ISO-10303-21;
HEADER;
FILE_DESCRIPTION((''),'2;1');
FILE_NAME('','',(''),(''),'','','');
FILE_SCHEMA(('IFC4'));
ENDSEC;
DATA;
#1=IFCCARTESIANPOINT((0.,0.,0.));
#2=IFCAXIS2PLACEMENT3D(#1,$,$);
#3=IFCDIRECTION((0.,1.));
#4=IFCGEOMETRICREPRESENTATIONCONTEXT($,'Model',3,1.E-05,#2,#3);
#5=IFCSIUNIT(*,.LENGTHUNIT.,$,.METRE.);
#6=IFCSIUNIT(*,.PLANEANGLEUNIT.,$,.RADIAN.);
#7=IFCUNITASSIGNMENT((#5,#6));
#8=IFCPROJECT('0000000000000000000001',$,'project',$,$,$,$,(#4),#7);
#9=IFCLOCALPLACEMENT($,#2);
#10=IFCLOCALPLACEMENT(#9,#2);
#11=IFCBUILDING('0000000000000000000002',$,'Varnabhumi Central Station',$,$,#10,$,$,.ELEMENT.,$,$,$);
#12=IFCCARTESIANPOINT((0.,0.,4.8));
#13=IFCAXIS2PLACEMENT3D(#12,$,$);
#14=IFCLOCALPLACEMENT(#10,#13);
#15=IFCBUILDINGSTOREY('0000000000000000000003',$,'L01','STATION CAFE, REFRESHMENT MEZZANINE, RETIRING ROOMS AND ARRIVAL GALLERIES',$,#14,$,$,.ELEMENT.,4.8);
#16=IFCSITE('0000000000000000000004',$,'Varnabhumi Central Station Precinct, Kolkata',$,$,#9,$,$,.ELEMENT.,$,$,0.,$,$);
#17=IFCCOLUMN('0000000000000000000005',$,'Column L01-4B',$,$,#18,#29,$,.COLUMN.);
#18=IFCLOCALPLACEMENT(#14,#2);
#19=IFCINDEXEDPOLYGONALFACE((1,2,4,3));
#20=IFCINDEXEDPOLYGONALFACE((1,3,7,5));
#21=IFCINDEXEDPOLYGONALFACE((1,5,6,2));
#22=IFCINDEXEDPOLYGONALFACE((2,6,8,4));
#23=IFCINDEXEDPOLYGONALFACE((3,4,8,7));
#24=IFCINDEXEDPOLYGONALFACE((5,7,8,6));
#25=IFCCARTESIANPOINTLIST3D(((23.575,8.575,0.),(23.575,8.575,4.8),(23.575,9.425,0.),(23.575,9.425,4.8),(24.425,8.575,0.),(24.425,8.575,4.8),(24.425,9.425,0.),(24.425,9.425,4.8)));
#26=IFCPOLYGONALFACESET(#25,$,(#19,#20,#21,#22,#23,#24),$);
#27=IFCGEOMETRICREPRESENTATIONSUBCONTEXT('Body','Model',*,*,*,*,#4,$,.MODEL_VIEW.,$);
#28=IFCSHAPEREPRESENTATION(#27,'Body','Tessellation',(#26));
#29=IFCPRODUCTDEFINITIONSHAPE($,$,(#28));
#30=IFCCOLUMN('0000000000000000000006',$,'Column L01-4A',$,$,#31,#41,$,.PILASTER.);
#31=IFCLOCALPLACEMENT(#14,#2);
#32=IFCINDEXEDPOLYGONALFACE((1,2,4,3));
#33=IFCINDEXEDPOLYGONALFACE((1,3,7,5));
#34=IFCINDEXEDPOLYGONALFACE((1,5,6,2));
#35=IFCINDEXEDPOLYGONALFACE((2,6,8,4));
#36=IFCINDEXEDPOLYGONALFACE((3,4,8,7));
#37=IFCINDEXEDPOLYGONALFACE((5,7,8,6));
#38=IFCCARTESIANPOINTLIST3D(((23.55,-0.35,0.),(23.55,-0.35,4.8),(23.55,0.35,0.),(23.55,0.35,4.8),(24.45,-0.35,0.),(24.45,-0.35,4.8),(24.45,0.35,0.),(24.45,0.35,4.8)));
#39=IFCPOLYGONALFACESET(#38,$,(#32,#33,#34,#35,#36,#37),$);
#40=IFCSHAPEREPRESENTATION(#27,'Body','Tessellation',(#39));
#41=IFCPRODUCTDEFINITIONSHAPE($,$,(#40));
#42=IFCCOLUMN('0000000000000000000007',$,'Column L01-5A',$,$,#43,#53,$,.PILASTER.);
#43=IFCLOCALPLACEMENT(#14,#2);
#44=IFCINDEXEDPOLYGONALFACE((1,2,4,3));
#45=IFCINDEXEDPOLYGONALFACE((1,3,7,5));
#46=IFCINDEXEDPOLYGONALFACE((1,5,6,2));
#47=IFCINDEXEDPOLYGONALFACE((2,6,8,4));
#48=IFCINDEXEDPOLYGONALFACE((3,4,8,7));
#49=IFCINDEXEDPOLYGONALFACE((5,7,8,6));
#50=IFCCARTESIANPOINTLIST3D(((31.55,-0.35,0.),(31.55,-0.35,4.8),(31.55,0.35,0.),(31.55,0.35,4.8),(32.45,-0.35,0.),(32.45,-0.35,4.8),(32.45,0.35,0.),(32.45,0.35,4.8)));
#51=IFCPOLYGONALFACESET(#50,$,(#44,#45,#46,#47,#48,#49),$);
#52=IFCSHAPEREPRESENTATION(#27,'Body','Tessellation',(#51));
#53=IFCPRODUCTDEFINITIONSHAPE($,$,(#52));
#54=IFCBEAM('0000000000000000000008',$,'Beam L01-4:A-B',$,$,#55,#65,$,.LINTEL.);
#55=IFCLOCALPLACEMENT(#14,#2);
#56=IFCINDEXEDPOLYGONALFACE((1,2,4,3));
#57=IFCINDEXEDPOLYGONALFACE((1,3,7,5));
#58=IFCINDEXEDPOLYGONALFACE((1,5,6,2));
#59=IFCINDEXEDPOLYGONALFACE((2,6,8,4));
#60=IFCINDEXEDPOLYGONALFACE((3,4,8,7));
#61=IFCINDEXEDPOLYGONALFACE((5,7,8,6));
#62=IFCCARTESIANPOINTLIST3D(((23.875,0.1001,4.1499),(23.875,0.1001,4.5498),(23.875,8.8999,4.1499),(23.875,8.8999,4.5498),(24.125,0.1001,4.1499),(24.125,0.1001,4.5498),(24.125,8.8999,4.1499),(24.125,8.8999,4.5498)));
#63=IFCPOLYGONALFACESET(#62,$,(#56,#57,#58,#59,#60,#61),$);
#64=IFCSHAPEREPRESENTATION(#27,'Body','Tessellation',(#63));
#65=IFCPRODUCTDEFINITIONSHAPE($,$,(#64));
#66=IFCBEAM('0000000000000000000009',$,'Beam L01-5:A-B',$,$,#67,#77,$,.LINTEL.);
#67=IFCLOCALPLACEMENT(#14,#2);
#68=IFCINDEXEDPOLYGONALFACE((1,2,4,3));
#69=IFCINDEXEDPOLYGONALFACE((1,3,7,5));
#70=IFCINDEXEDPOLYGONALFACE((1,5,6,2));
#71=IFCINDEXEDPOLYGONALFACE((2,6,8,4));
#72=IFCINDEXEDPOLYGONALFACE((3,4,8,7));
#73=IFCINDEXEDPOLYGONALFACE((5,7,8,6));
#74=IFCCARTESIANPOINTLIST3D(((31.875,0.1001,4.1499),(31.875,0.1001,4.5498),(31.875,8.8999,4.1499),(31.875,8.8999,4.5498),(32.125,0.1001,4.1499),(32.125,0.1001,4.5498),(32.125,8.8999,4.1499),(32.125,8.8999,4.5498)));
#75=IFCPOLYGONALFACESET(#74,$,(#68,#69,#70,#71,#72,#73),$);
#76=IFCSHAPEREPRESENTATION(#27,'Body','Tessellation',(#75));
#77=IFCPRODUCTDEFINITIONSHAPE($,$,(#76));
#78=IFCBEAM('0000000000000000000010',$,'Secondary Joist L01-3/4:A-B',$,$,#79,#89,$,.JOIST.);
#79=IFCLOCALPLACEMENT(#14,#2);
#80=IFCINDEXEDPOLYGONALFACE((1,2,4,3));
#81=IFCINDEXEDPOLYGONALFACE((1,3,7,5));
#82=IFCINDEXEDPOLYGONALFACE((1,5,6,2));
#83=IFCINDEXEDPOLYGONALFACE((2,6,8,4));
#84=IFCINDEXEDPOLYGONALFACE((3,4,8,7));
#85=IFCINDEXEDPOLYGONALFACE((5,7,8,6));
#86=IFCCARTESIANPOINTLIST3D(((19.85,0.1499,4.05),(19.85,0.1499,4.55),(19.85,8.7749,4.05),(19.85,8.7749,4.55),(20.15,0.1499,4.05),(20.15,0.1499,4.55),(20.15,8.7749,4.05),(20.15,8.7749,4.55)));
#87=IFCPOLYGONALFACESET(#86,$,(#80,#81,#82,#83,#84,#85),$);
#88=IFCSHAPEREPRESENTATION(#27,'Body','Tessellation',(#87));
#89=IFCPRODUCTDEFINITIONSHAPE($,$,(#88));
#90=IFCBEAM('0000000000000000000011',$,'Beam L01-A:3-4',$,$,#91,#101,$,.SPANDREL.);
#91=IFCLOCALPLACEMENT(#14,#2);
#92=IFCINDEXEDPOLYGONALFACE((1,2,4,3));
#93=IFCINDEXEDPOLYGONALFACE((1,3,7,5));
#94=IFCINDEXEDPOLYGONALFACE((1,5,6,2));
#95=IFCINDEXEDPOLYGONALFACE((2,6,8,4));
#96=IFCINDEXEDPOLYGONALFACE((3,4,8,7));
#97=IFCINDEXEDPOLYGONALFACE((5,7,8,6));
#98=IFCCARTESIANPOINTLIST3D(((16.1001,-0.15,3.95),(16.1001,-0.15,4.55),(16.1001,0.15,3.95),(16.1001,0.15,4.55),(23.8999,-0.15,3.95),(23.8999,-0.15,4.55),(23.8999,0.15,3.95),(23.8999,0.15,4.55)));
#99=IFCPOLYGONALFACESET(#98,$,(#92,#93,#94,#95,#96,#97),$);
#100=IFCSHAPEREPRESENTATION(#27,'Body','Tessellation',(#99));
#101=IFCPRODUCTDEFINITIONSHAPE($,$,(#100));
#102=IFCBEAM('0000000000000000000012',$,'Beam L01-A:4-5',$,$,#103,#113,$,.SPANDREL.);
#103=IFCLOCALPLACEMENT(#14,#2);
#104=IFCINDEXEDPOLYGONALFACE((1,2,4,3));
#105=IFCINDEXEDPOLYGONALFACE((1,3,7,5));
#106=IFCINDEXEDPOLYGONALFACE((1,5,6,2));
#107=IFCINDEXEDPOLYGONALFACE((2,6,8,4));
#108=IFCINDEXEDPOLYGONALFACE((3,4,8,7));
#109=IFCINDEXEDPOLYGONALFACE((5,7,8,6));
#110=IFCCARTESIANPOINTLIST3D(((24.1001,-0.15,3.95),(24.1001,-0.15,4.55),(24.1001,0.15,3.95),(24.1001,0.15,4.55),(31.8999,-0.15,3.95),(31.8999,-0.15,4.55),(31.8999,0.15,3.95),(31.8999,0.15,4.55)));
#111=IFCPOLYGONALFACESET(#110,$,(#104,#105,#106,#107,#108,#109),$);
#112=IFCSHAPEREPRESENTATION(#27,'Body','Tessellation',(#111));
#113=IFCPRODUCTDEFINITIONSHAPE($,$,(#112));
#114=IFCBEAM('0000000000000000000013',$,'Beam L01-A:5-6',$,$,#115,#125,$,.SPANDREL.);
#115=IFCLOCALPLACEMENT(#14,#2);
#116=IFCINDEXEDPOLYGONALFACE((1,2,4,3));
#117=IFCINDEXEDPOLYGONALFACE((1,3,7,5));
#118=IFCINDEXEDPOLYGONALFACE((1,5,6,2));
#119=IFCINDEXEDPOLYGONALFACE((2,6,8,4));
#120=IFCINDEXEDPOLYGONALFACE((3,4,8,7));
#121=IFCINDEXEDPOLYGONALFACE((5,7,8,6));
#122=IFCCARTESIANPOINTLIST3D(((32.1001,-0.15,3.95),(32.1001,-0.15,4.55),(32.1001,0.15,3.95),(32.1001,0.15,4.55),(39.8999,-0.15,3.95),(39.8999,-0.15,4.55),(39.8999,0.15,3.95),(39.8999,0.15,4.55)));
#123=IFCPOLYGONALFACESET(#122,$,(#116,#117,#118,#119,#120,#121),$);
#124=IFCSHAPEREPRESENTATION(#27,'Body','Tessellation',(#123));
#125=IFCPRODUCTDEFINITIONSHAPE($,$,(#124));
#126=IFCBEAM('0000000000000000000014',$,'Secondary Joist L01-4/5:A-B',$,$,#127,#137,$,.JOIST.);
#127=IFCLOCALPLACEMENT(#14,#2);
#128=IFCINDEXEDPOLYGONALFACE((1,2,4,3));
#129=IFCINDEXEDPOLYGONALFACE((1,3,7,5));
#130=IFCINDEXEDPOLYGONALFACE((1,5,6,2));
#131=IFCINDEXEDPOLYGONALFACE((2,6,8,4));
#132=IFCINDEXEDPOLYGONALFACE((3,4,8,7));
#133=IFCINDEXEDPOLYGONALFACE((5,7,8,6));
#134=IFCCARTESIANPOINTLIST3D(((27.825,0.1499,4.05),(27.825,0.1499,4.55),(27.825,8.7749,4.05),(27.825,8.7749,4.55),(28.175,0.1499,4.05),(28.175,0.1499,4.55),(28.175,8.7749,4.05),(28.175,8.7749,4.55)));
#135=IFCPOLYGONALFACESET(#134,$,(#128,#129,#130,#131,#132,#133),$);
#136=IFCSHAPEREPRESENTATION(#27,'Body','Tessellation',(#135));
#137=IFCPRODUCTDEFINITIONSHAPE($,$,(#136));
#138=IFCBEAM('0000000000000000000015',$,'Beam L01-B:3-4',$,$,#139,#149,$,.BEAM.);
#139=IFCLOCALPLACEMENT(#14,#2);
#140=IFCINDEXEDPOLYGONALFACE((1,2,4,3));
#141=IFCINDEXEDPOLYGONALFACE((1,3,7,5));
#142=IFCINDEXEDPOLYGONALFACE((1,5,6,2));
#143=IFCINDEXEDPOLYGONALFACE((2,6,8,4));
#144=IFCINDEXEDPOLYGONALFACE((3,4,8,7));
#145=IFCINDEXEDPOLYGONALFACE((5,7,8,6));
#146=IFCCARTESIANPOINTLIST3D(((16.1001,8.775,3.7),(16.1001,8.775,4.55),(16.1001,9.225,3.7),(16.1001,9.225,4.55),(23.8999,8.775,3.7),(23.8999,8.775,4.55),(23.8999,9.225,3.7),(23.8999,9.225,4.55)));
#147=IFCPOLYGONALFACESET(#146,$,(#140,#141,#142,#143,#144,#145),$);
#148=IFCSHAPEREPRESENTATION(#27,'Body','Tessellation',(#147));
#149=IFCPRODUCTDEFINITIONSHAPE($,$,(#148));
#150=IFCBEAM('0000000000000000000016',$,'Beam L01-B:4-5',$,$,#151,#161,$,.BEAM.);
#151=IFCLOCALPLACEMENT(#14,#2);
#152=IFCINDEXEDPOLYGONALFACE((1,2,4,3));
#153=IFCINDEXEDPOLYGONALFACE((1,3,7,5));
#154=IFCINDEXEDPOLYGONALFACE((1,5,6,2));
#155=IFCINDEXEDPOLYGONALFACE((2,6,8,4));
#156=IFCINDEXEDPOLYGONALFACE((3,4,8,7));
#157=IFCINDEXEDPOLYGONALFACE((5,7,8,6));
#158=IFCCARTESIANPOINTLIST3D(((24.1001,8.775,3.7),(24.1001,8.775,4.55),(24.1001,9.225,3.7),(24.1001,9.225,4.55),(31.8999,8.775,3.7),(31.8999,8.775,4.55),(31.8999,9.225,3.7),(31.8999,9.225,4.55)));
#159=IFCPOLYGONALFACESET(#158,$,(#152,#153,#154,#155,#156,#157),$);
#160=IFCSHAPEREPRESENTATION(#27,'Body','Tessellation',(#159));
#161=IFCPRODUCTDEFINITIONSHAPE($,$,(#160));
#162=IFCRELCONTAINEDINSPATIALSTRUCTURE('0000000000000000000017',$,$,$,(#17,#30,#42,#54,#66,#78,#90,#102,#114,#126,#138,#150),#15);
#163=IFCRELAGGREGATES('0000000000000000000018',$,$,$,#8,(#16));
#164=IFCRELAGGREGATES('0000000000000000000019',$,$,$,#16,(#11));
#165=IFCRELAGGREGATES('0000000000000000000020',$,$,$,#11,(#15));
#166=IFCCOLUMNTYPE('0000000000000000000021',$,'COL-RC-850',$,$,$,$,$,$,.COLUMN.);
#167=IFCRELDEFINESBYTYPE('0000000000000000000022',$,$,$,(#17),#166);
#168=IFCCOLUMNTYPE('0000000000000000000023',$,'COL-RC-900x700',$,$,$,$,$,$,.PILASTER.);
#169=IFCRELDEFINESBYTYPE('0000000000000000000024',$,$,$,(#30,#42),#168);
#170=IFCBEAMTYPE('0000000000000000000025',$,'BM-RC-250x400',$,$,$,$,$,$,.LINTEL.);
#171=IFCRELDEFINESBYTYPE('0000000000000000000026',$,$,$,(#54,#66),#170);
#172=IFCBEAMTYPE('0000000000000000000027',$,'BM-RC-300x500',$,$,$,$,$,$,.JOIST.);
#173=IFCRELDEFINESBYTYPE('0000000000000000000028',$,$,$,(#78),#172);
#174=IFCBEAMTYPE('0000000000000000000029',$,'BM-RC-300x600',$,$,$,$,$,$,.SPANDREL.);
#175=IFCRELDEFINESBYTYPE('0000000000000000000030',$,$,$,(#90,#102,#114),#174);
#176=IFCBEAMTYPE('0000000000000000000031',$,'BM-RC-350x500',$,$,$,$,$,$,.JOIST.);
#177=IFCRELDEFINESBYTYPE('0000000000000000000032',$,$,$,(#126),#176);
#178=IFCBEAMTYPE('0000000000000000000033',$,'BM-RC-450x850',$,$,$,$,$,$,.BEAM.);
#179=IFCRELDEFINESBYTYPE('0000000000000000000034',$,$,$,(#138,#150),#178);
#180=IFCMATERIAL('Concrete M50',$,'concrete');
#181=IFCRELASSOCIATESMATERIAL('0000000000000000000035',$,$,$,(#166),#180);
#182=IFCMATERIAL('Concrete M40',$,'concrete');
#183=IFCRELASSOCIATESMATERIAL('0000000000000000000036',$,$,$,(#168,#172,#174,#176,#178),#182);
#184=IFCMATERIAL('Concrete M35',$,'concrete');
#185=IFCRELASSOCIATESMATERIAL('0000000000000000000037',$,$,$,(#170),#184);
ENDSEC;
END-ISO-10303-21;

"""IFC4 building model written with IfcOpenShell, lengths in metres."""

from ifc_helpers import new_model, si_unit, direction, frame, origin, origin_2d, place, context, subcontext, project, spatial, rectangle, extrude, material, material_profile, profile_set, type_object, element, save


model = new_model("IFC4")

# Units and contexts
model_context = context("Model", 3, precision=1e-05, world=origin(), true_north=direction((0.0, 1.0)))
body_context = subcontext(model_context, "Body", "Model", "MODEL_VIEW")
ifc_project = project(units=[si_unit("LENGTHUNIT", "METRE"), si_unit("PLANEANGLEUNIT", "RADIAN")], contexts=[model_context])

# Site, building, storey
site_placement = place(None, origin())
site = spatial("IfcSite", under=ifc_project, at=site_placement, Name="Varnabhumi Central Station Precinct, Kolkata", CompositionType="ELEMENT", RefElevation=0.0)
building_placement = place(site_placement, origin())
building = spatial("IfcBuilding", under=site, at=building_placement, Name="Varnabhumi Central Station", CompositionType="ELEMENT")
storey_placement = place(building_placement, frame((0.0, 0.0, 4.8)))
storey = spatial("IfcBuildingStorey", under=building, at=storey_placement, Name="L01", Description="STATION CAFE, REFRESHMENT MEZZANINE, RETIRING ROOMS AND ARRIVAL GALLERIES", CompositionType="ELEMENT", Elevation=4.8)

# Columns
ifc_material_1 = material(Name="Concrete M50", Category="concrete")
ifc_material_profile_1 = material_profile(ifc_material_1, rectangle(XDim=0.8501, YDim=0.8501, at=origin_2d()), Name="Concrete M50", Category="concrete")
ifc_profile_set_1 = profile_set([ifc_material_profile_1], Name="Concrete M50")
column_type_1 = type_object("IfcColumnType", Name="COL-RC-850", PredefinedType="COLUMN", material=ifc_profile_set_1)
column_placement = place(storey_placement, frame((24.0, 9.0, 0.0), z_axis=(0.0, 0.0, 1.0), x_axis=(1.0, 0.0, 0.0)))
element("IfcColumn", 1, at=column_placement, inside=storey, type_object=column_type_1, Name="Column L01-4B", PredefinedType="COLUMN", context=body_context, shape_type="SweptSolid", body=[
    extrude(rectangle(XDim=0.8501, YDim=0.8501, at=origin_2d()), origin(), (0.0, 0.0, 1.0), 4.8),
])
ifc_material_2 = material(Name="Concrete M40", Category="concrete")
ifc_material_profile_2 = material_profile(ifc_material_2, rectangle(XDim=0.8999, YDim=0.7, at=origin_2d()), Name="Concrete M40", Category="concrete")
ifc_profile_set_2 = profile_set([ifc_material_profile_2], Name="Concrete M40")
column_type_2 = type_object("IfcColumnType", Name="COL-RC-900x700", PredefinedType="PILASTER", material=ifc_profile_set_2)
for number, where, z_axis, x_axis, name in (
    (2, (24.0, 0.0, 0.0), (0.0, 0.0, 1.0), (1.0, 0.0, 0.0), "Column L01-4A"),
    (3, (32.0, 0.0, 0.0), (0.0, 0.0, 1.0), (1.0, 0.0, 0.0), "Column L01-5A"),
):
    element("IfcColumn", number, at=place(storey_placement, frame(where, z_axis=z_axis, x_axis=x_axis)), inside=storey, type_object=column_type_2, Name=name, PredefinedType="PILASTER", context=body_context, shape_type="SweptSolid", body=[
        extrude(rectangle(XDim=0.8999, YDim=0.7, at=origin_2d()), origin(), (0.0, 0.0, 1.0), 4.8),
    ])

# Beams
ifc_material_3 = material(Name="Concrete M35", Category="concrete")
ifc_material_profile_3 = material_profile(ifc_material_3, rectangle(XDim=0.25, YDim=0.3999, at=origin_2d()), Name="Concrete M35", Category="concrete")
ifc_profile_set_3 = profile_set([ifc_material_profile_3], Name="Concrete M35")
beam_type_1 = type_object("IfcBeamType", Name="BM-RC-250x400", PredefinedType="LINTEL", material=ifc_profile_set_3)
for number, where, z_axis, x_axis, name in (
    (4, (24.0, 0.1001, 4.3499), (0.0, 1.0, 0.0), (-1.0, 0.0, 0.0), "Beam L01-4:A-B"),
    (5, (32.0, 0.1001, 4.3499), (0.0, 1.0, 0.0), (-1.0, 0.0, 0.0), "Beam L01-5:A-B"),
):
    element("IfcBeam", number, at=place(storey_placement, frame(where, z_axis=z_axis, x_axis=x_axis)), inside=storey, type_object=beam_type_1, Name=name, PredefinedType="LINTEL", context=body_context, shape_type="SweptSolid", body=[
        extrude(rectangle(XDim=0.25, YDim=0.3999, at=origin_2d()), origin(), (0.0, 0.0, 1.0), 8.7998),
    ])
ifc_material_profile_4 = material_profile(ifc_material_2, rectangle(XDim=0.3, YDim=0.5, at=origin_2d()), Name="Concrete M40", Category="concrete")
ifc_profile_set_4 = profile_set([ifc_material_profile_4], Name="Concrete M40")
beam_type_2 = type_object("IfcBeamType", Name="BM-RC-300x500", PredefinedType="JOIST", material=ifc_profile_set_4)
beam_1_placement = place(storey_placement, frame((20.0, 0.1499, 4.3), z_axis=(0.0, 1.0, 0.0), x_axis=(-1.0, 0.0, 0.0)))
element("IfcBeam", 6, at=beam_1_placement, inside=storey, type_object=beam_type_2, Name="Secondary Joist L01-3/4:A-B", PredefinedType="JOIST", context=body_context, shape_type="SweptSolid", body=[
    extrude(rectangle(XDim=0.3, YDim=0.5, at=origin_2d()), origin(), (0.0, 0.0, 1.0), 8.625),
])
ifc_material_profile_5 = material_profile(ifc_material_2, rectangle(XDim=0.3, YDim=0.6001, at=origin_2d()), Name="Concrete M40", Category="concrete")
ifc_profile_set_5 = profile_set([ifc_material_profile_5], Name="Concrete M40")
beam_type_3 = type_object("IfcBeamType", Name="BM-RC-300x600", PredefinedType="SPANDREL", material=ifc_profile_set_5)
for number, where, z_axis, x_axis, name in (
    (7, (16.1001, 0.0, 4.25), (1.0, 0.0, 0.0), (0.0, 1.0, 0.0), "Beam L01-A:3-4"),
    (8, (24.1001, 0.0, 4.25), (1.0, 0.0, 0.0), (0.0, 1.0, 0.0), "Beam L01-A:4-5"),
    (9, (32.1001, 0.0, 4.25), (1.0, 0.0, 0.0), (0.0, 1.0, 0.0), "Beam L01-A:5-6"),
):
    element("IfcBeam", number, at=place(storey_placement, frame(where, z_axis=z_axis, x_axis=x_axis)), inside=storey, type_object=beam_type_3, Name=name, PredefinedType="SPANDREL", context=body_context, shape_type="SweptSolid", body=[
        extrude(rectangle(XDim=0.3, YDim=0.6001, at=origin_2d()), origin(), (0.0, 0.0, 1.0), 7.7998),
    ])
ifc_material_profile_6 = material_profile(ifc_material_2, rectangle(XDim=0.3501, YDim=0.5, at=origin_2d()), Name="Concrete M40", Category="concrete")
ifc_profile_set_6 = profile_set([ifc_material_profile_6], Name="Concrete M40")
beam_type_4 = type_object("IfcBeamType", Name="BM-RC-350x500", PredefinedType="JOIST", material=ifc_profile_set_6)
beam_2_placement = place(storey_placement, frame((28.0, 0.1499, 4.3), z_axis=(0.0, 1.0, 0.0), x_axis=(-1.0, 0.0, 0.0)))
element("IfcBeam", 10, at=beam_2_placement, inside=storey, type_object=beam_type_4, Name="Secondary Joist L01-4/5:A-B", PredefinedType="JOIST", context=body_context, shape_type="SweptSolid", body=[
    extrude(rectangle(XDim=0.3501, YDim=0.5, at=origin_2d()), origin(), (0.0, 0.0, 1.0), 8.625),
])
ifc_material_profile_7 = material_profile(ifc_material_2, rectangle(XDim=0.45, YDim=0.8501, at=origin_2d()), Name="Concrete M40", Category="concrete")
ifc_profile_set_7 = profile_set([ifc_material_profile_7], Name="Concrete M40")
beam_type_5 = type_object("IfcBeamType", Name="BM-RC-450x850", PredefinedType="BEAM", material=ifc_profile_set_7)
for number, where, z_axis, x_axis, name in (
    (11, (16.1001, 9.0, 4.125), (1.0, 0.0, 0.0), (0.0, 1.0, 0.0), "Beam L01-B:3-4"),
    (12, (24.1001, 9.0, 4.125), (1.0, 0.0, 0.0), (0.0, 1.0, 0.0), "Beam L01-B:4-5"),
):
    element("IfcBeam", number, at=place(storey_placement, frame(where, z_axis=z_axis, x_axis=x_axis)), inside=storey, type_object=beam_type_5, Name=name, PredefinedType="BEAM", context=body_context, shape_type="SweptSolid", body=[
        extrude(rectangle(XDim=0.45, YDim=0.8501, at=origin_2d()), origin(), (0.0, 0.0, 1.0), 7.7998),
    ])

save(model, "model.ifc")
